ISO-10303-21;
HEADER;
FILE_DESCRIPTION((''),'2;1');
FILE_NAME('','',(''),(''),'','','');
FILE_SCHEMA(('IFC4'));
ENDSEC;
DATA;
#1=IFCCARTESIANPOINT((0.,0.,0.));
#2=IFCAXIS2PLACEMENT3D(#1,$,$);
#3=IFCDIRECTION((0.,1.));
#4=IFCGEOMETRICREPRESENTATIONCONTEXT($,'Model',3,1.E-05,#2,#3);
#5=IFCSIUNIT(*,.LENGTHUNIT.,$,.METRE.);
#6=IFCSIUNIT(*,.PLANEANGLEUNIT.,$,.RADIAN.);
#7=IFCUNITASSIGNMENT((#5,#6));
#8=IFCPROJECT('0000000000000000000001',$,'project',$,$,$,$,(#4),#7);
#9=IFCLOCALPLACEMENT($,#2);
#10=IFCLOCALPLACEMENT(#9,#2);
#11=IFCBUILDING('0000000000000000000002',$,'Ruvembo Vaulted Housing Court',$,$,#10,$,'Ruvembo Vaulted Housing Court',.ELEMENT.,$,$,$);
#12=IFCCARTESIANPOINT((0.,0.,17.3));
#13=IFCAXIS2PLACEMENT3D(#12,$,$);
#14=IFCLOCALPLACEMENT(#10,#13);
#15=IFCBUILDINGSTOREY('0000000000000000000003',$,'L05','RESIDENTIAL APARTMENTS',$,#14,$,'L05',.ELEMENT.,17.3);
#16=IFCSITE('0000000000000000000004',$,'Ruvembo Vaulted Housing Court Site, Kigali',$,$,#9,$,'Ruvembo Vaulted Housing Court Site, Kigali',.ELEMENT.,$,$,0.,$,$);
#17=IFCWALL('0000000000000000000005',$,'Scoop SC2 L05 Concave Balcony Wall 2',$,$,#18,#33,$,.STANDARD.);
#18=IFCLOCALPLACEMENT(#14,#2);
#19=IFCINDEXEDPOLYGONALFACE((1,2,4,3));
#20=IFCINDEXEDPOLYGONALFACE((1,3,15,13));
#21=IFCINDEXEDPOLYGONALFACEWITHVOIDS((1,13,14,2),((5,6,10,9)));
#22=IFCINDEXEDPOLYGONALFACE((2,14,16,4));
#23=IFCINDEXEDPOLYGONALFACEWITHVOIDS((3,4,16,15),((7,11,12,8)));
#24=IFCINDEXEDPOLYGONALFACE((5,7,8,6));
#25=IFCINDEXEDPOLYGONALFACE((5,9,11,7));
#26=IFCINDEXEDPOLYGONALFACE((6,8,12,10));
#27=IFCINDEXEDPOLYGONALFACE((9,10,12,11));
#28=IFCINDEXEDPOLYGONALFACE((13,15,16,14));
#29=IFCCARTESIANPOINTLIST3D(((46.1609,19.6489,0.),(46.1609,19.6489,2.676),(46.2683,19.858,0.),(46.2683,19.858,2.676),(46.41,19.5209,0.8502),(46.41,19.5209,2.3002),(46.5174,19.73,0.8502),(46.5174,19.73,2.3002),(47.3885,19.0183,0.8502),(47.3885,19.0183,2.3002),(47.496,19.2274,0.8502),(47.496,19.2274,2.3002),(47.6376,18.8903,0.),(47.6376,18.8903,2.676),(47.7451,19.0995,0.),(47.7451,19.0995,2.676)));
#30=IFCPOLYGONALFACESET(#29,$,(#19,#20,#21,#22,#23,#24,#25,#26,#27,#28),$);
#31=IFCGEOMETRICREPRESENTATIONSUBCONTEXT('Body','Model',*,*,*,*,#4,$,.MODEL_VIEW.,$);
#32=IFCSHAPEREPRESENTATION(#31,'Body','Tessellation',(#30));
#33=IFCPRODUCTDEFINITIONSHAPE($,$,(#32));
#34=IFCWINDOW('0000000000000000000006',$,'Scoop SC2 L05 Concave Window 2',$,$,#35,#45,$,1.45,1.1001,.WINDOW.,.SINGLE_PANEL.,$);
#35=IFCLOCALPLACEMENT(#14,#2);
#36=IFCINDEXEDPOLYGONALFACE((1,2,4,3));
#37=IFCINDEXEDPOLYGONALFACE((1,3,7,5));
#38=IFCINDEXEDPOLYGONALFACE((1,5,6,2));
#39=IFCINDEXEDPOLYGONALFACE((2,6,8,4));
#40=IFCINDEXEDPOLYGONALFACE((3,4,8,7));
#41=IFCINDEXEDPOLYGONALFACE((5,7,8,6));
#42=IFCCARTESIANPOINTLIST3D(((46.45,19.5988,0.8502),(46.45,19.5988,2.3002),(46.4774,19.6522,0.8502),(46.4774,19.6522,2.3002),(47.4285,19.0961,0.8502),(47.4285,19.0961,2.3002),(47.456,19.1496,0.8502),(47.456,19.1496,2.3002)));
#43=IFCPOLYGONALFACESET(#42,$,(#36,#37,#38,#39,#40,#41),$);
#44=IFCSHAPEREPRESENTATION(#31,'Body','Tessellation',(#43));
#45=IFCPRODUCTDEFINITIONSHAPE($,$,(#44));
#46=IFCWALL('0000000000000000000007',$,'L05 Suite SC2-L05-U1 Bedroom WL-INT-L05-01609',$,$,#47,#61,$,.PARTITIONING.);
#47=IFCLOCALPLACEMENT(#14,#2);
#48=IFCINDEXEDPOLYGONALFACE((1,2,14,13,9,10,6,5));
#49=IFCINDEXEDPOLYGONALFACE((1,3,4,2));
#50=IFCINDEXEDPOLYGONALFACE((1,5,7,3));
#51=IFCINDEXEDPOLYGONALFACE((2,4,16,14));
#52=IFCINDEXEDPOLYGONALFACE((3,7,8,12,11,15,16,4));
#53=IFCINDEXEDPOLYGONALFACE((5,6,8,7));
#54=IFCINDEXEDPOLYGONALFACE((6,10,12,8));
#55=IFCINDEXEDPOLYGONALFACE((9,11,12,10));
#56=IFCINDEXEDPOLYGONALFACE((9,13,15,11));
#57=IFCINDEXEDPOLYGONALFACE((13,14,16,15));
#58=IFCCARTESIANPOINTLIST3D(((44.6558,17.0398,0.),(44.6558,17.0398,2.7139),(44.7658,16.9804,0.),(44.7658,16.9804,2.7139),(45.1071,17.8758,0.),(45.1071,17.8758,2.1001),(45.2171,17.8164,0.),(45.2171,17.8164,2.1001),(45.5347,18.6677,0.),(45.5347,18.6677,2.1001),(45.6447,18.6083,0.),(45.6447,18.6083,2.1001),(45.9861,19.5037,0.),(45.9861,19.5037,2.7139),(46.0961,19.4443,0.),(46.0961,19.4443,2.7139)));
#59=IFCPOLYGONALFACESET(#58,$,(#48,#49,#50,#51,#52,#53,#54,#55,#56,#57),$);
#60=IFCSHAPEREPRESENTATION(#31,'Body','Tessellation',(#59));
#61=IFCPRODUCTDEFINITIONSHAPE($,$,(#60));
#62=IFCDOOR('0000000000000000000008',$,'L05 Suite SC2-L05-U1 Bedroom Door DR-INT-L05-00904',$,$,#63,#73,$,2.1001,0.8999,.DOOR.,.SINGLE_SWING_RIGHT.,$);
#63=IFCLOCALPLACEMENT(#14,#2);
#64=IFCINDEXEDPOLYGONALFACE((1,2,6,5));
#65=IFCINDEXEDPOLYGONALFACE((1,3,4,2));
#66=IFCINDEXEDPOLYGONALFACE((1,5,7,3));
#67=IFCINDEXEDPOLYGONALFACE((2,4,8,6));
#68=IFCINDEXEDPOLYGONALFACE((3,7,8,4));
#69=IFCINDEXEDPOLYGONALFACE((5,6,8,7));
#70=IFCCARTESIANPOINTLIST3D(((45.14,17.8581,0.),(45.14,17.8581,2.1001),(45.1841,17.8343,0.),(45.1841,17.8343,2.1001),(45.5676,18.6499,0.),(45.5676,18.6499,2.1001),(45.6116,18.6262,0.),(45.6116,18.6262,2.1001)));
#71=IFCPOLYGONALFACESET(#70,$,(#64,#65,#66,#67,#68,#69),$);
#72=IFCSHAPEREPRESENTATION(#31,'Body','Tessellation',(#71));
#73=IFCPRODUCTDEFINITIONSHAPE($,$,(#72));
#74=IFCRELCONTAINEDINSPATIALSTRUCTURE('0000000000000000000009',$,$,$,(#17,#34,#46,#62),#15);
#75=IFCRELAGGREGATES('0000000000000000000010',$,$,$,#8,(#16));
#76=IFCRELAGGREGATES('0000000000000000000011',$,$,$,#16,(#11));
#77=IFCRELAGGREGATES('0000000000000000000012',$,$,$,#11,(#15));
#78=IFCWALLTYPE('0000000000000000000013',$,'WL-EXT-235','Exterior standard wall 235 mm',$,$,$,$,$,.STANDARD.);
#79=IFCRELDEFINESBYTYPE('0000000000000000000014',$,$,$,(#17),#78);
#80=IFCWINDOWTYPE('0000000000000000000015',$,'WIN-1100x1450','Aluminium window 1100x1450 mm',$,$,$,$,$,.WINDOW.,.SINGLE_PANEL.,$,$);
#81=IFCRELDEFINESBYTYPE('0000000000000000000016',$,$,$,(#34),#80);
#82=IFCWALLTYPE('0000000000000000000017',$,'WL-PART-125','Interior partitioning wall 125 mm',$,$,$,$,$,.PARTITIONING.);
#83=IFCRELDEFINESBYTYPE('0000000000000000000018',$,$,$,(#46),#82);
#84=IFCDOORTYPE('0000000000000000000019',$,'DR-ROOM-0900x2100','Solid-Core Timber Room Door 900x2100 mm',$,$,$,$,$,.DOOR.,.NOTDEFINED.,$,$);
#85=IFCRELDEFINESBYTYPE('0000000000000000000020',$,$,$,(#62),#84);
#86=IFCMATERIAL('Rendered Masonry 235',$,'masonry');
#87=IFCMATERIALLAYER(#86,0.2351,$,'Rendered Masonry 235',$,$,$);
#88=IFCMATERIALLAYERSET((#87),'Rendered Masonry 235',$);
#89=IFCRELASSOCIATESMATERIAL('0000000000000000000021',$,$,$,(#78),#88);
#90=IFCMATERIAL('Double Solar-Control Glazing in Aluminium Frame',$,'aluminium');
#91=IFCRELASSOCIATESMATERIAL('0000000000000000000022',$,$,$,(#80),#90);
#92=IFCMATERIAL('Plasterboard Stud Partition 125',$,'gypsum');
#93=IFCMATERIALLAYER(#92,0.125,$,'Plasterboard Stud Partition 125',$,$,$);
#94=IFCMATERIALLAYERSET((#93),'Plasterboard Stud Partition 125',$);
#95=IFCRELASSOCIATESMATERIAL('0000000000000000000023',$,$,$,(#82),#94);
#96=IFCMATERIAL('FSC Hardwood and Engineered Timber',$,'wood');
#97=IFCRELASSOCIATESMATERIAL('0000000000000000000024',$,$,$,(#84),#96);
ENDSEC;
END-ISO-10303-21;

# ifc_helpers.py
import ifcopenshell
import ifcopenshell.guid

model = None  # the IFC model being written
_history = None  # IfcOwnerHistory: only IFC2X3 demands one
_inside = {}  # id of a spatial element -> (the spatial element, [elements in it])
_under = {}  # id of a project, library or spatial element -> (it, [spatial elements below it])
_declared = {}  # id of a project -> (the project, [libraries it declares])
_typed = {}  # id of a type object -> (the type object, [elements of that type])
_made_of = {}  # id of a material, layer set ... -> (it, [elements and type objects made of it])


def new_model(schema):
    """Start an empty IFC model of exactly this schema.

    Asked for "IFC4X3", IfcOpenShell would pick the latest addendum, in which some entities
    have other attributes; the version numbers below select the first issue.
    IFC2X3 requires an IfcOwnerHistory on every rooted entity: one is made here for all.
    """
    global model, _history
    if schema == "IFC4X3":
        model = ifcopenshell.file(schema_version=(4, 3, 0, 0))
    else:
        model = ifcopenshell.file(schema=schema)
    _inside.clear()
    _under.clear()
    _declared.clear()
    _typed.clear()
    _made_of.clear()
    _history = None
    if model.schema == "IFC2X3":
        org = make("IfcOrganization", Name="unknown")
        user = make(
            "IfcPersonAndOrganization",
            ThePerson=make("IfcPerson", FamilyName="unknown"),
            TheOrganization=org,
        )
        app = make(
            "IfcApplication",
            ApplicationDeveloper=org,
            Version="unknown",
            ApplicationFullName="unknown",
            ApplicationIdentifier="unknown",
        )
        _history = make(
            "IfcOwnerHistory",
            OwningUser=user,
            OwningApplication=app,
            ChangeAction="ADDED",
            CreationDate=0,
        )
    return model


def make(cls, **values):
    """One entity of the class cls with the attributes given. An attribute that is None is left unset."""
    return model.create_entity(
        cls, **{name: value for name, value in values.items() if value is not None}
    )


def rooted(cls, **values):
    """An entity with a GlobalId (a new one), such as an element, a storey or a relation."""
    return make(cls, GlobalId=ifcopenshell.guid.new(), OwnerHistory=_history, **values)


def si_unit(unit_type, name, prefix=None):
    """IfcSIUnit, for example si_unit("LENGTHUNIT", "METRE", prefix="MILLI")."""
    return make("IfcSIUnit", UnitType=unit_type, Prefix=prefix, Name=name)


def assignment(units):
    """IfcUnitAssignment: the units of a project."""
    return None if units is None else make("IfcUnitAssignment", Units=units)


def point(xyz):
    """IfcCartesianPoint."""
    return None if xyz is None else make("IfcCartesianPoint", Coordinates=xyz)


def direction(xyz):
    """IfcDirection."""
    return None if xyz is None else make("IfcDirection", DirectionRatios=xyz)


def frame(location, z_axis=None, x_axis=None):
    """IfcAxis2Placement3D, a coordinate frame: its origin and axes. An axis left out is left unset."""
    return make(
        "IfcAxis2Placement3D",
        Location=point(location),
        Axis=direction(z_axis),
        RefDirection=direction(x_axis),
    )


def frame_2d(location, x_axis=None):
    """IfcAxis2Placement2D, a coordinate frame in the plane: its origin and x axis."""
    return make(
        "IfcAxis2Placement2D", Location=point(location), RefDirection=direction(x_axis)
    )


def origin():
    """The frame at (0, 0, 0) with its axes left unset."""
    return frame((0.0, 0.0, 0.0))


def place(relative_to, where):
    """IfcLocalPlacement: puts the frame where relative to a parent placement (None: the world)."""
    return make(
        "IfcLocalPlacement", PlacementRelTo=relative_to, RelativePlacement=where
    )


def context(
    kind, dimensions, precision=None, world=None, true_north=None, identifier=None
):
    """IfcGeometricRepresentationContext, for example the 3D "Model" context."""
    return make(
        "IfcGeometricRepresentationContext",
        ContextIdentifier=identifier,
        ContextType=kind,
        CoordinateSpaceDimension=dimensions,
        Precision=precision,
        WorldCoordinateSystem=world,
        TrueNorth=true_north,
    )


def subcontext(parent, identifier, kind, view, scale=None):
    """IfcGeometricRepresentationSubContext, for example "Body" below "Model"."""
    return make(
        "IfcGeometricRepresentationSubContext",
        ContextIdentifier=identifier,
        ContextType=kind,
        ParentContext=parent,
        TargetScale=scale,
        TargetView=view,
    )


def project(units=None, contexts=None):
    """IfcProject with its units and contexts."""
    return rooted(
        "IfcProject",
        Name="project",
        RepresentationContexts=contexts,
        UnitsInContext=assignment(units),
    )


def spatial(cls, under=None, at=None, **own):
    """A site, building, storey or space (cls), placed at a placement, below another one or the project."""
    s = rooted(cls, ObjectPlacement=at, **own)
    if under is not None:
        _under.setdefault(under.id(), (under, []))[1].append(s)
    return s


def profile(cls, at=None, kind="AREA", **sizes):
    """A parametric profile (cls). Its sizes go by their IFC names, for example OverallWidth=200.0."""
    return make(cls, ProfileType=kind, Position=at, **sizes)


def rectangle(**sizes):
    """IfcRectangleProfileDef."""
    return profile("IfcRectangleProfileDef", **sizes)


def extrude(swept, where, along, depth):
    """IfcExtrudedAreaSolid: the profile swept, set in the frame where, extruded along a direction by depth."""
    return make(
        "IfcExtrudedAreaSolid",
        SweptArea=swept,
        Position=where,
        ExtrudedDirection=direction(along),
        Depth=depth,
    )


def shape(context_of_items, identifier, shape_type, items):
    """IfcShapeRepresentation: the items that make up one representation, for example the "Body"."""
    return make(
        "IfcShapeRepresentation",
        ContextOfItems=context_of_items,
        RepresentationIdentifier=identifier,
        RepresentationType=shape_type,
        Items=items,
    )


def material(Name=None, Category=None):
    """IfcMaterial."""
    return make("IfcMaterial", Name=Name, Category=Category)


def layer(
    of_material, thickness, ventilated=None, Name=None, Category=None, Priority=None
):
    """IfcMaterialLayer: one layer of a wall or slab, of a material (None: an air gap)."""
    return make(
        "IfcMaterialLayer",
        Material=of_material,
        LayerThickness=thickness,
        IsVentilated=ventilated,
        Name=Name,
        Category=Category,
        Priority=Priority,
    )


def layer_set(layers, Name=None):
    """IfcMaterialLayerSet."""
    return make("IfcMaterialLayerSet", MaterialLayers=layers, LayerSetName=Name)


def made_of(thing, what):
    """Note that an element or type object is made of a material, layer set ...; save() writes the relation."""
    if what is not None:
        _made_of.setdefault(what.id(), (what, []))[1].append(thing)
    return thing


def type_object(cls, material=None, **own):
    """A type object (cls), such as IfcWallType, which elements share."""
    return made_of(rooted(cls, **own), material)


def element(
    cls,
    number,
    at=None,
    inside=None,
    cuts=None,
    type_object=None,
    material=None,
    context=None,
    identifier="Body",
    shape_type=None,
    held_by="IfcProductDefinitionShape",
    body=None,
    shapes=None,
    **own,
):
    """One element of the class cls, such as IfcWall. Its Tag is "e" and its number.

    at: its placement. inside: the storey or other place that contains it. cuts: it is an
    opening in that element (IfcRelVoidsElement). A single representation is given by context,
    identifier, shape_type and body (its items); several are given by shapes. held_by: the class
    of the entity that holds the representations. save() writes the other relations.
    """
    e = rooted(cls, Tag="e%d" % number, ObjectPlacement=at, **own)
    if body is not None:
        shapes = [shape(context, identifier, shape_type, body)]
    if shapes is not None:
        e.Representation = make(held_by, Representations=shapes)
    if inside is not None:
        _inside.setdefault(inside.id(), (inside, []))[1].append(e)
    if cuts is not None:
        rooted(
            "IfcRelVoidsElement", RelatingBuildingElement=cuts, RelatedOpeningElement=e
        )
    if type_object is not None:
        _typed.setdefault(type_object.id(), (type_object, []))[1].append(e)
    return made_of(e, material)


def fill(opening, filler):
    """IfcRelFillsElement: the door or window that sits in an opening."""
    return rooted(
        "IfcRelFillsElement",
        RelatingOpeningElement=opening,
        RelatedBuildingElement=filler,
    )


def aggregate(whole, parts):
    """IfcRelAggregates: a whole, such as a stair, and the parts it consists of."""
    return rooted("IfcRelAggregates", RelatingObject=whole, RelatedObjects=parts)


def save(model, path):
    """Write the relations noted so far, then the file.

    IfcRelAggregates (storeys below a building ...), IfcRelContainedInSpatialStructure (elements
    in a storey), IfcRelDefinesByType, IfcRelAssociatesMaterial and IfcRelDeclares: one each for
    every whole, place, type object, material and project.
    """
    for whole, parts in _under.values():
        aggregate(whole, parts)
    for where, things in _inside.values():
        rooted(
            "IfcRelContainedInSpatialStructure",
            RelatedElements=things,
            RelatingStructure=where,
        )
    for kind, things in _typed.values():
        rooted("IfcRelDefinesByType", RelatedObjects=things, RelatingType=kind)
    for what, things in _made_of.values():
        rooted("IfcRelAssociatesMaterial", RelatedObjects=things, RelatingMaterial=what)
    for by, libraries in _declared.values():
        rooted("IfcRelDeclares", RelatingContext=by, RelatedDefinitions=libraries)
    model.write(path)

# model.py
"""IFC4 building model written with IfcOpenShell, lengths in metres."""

from ifc_helpers import new_model, si_unit, direction, frame, frame_2d, origin, place, context, subcontext, project, spatial, rectangle, extrude, material, layer, layer_set, type_object, element, fill, save


model = new_model("IFC4")

# Units and contexts
model_context = context("Model", 3, precision=1e-05, world=origin(), true_north=direction((0.0, 1.0)))
body_context = subcontext(model_context, "Body", "Model", "MODEL_VIEW")
ifc_project = project(units=[si_unit("LENGTHUNIT", "METRE"), si_unit("PLANEANGLEUNIT", "RADIAN")], contexts=[model_context])

# Site, building, storey
site_placement = place(None, origin())
site = spatial("IfcSite", under=ifc_project, at=site_placement, Name="Ruvembo Vaulted Housing Court Site, Kigali", LongName="Ruvembo Vaulted Housing Court Site, Kigali", CompositionType="ELEMENT", RefElevation=0.0)
building_placement = place(site_placement, origin())
building = spatial("IfcBuilding", under=site, at=building_placement, Name="Ruvembo Vaulted Housing Court", LongName="Ruvembo Vaulted Housing Court", CompositionType="ELEMENT")
storey_placement = place(building_placement, frame((0.0, 0.0, 17.3)))
storey = spatial("IfcBuildingStorey", under=building, at=storey_placement, Name="L05", Description="RESIDENTIAL APARTMENTS", LongName="L05", CompositionType="ELEMENT", Elevation=17.3)

# Wall, opening, window
ifc_material_1 = material(Name="Rendered Masonry 235", Category="masonry")
ifc_layer_1 = layer(ifc_material_1, 0.2351, Name="Rendered Masonry 235")
ifc_layer_set_1 = layer_set([ifc_layer_1], Name="Rendered Masonry 235")
wall_type_1 = type_object("IfcWallType", Name="WL-EXT-235", Description="Exterior standard wall 235 mm", PredefinedType="STANDARD", material=ifc_layer_set_1)
ifc_material_2 = material(Name="Double Solar-Control Glazing in Aluminium Frame", Category="aluminium")
wall_1_placement = place(storey_placement, frame((46.2146, 19.7534, 0.0), z_axis=(0.0, 0.0, 1.0), x_axis=(0.889522, -0.456893, 0.0)))
wall_1 = element("IfcWall", 1, at=wall_1_placement, inside=storey, type_object=wall_type_1, Name="Scoop SC2 L05 Concave Balcony Wall 2", PredefinedType="STANDARD", context=body_context, shape_type="SweptSolid", body=[
    extrude(rectangle(XDim=1.6602, YDim=0.2351, at=frame_2d((0.8301, 0.0))), origin(), (0.0, 0.0, 1.0), 2.676),
])
opening_1_placement = place(wall_1_placement, frame((0.28, 0.0, 0.8501)))
opening_1 = element("IfcOpeningElement", 2, at=opening_1_placement, cuts=wall_1, PredefinedType="OPENING", context=body_context, shape_type="SweptSolid", body=[
    extrude(rectangle(XDim=1.1001, YDim=1.45, at=frame_2d((0.55, 0.7251))), frame((0.0, 0.1274, 0.0), z_axis=(0.0, -1.0, 0.0), x_axis=(1.0, 0.0, 0.0)), (0.0, 0.0, 1.0), 0.2551),
])
window_type_1 = type_object("IfcWindowType", Name="WIN-1100x1450", Description="Aluminium window 1100x1450 mm", PartitioningType="SINGLE_PANEL", PredefinedType="WINDOW", material=ifc_material_2)
window_1_placement = place(opening_1_placement, origin())
window_1 = element("IfcWindow", 3, at=window_1_placement, inside=storey, type_object=window_type_1, Name="Scoop SC2 L05 Concave Window 2", OverallHeight=1.45, OverallWidth=1.1001, PartitioningType="SINGLE_PANEL", PredefinedType="WINDOW", context=body_context, shape_type="SweptSolid", body=[
    extrude(rectangle(XDim=1.1001, YDim=1.45, at=frame_2d((0.55, 0.7251))), frame((0.0, 0.03, 0.0), z_axis=(0.0, -1.0, 0.0), x_axis=(1.0, 0.0, 0.0)), (0.0, 0.0, 1.0), 0.0601),
])
fill(opening_1, window_1)

# Wall, opening, door
ifc_material_3 = material(Name="Plasterboard Stud Partition 125", Category="gypsum")
ifc_layer_2 = layer(ifc_material_3, 0.125, Name="Plasterboard Stud Partition 125")
ifc_layer_set_2 = layer_set([ifc_layer_2], Name="Plasterboard Stud Partition 125")
wall_type_2 = type_object("IfcWallType", Name="WL-PART-125", Description="Interior partitioning wall 125 mm", PredefinedType="PARTITIONING", material=ifc_layer_set_2)
wall_2_placement = place(storey_placement, frame((46.041, 19.4739, 0.0), z_axis=(0.0, 0.0, 1.0), x_axis=(-0.475103, -0.87993, 0.0)))
wall_2 = element("IfcWall", 4, at=wall_2_placement, inside=storey, type_object=wall_type_2, Name="L05 Suite SC2-L05-U1 Bedroom WL-INT-L05-01609", PredefinedType="PARTITIONING", context=body_context, shape_type="SweptSolid", body=[
    extrude(rectangle(XDim=2.8, YDim=0.125, at=frame_2d((1.3999, 0.0))), origin(), (0.0, 0.0, 1.0), 2.7139),
])
opening_2_placement = place(wall_2_placement, frame((0.95, 0.0, 0.0)))
opening_2 = element("IfcOpeningElement", 5, at=opening_2_placement, cuts=wall_2, PredefinedType="OPENING", context=body_context, shape_type="SweptSolid", body=[
    extrude(rectangle(XDim=0.8999, YDim=2.1001, at=frame_2d((0.45, 1.05))), frame((0.0, 0.0725, 0.0), z_axis=(0.0, -1.0, 0.0), x_axis=(1.0, 0.0, 0.0)), (0.0, 0.0, 1.0), 0.145),
])
ifc_material_4 = material(Name="FSC Hardwood and Engineered Timber", Category="wood")
door_type_1 = type_object("IfcDoorType", Name="DR-ROOM-0900x2100", Description="Solid-Core Timber Room Door 900x2100 mm", OperationType="NOTDEFINED", PredefinedType="DOOR", material=ifc_material_4)
door_1_placement = place(opening_2_placement, origin())
door_1 = element("IfcDoor", 6, at=door_1_placement, inside=storey, type_object=door_type_1, Name="L05 Suite SC2-L05-U1 Bedroom Door DR-INT-L05-00904", OperationType="SINGLE_SWING_RIGHT", OverallHeight=2.1001, OverallWidth=0.8999, PredefinedType="DOOR", context=body_context, shape_type="SweptSolid", body=[
    extrude(rectangle(XDim=0.8999, YDim=2.1001, at=frame_2d((0.45, 1.05))), frame((0.0, 0.0249, 0.0), z_axis=(0.0, -1.0, 0.0), x_axis=(1.0, 0.0, 0.0)), (0.0, 0.0, 1.0), 0.05),
])
fill(opening_2, door_1)

save(model, "model.ifc")
